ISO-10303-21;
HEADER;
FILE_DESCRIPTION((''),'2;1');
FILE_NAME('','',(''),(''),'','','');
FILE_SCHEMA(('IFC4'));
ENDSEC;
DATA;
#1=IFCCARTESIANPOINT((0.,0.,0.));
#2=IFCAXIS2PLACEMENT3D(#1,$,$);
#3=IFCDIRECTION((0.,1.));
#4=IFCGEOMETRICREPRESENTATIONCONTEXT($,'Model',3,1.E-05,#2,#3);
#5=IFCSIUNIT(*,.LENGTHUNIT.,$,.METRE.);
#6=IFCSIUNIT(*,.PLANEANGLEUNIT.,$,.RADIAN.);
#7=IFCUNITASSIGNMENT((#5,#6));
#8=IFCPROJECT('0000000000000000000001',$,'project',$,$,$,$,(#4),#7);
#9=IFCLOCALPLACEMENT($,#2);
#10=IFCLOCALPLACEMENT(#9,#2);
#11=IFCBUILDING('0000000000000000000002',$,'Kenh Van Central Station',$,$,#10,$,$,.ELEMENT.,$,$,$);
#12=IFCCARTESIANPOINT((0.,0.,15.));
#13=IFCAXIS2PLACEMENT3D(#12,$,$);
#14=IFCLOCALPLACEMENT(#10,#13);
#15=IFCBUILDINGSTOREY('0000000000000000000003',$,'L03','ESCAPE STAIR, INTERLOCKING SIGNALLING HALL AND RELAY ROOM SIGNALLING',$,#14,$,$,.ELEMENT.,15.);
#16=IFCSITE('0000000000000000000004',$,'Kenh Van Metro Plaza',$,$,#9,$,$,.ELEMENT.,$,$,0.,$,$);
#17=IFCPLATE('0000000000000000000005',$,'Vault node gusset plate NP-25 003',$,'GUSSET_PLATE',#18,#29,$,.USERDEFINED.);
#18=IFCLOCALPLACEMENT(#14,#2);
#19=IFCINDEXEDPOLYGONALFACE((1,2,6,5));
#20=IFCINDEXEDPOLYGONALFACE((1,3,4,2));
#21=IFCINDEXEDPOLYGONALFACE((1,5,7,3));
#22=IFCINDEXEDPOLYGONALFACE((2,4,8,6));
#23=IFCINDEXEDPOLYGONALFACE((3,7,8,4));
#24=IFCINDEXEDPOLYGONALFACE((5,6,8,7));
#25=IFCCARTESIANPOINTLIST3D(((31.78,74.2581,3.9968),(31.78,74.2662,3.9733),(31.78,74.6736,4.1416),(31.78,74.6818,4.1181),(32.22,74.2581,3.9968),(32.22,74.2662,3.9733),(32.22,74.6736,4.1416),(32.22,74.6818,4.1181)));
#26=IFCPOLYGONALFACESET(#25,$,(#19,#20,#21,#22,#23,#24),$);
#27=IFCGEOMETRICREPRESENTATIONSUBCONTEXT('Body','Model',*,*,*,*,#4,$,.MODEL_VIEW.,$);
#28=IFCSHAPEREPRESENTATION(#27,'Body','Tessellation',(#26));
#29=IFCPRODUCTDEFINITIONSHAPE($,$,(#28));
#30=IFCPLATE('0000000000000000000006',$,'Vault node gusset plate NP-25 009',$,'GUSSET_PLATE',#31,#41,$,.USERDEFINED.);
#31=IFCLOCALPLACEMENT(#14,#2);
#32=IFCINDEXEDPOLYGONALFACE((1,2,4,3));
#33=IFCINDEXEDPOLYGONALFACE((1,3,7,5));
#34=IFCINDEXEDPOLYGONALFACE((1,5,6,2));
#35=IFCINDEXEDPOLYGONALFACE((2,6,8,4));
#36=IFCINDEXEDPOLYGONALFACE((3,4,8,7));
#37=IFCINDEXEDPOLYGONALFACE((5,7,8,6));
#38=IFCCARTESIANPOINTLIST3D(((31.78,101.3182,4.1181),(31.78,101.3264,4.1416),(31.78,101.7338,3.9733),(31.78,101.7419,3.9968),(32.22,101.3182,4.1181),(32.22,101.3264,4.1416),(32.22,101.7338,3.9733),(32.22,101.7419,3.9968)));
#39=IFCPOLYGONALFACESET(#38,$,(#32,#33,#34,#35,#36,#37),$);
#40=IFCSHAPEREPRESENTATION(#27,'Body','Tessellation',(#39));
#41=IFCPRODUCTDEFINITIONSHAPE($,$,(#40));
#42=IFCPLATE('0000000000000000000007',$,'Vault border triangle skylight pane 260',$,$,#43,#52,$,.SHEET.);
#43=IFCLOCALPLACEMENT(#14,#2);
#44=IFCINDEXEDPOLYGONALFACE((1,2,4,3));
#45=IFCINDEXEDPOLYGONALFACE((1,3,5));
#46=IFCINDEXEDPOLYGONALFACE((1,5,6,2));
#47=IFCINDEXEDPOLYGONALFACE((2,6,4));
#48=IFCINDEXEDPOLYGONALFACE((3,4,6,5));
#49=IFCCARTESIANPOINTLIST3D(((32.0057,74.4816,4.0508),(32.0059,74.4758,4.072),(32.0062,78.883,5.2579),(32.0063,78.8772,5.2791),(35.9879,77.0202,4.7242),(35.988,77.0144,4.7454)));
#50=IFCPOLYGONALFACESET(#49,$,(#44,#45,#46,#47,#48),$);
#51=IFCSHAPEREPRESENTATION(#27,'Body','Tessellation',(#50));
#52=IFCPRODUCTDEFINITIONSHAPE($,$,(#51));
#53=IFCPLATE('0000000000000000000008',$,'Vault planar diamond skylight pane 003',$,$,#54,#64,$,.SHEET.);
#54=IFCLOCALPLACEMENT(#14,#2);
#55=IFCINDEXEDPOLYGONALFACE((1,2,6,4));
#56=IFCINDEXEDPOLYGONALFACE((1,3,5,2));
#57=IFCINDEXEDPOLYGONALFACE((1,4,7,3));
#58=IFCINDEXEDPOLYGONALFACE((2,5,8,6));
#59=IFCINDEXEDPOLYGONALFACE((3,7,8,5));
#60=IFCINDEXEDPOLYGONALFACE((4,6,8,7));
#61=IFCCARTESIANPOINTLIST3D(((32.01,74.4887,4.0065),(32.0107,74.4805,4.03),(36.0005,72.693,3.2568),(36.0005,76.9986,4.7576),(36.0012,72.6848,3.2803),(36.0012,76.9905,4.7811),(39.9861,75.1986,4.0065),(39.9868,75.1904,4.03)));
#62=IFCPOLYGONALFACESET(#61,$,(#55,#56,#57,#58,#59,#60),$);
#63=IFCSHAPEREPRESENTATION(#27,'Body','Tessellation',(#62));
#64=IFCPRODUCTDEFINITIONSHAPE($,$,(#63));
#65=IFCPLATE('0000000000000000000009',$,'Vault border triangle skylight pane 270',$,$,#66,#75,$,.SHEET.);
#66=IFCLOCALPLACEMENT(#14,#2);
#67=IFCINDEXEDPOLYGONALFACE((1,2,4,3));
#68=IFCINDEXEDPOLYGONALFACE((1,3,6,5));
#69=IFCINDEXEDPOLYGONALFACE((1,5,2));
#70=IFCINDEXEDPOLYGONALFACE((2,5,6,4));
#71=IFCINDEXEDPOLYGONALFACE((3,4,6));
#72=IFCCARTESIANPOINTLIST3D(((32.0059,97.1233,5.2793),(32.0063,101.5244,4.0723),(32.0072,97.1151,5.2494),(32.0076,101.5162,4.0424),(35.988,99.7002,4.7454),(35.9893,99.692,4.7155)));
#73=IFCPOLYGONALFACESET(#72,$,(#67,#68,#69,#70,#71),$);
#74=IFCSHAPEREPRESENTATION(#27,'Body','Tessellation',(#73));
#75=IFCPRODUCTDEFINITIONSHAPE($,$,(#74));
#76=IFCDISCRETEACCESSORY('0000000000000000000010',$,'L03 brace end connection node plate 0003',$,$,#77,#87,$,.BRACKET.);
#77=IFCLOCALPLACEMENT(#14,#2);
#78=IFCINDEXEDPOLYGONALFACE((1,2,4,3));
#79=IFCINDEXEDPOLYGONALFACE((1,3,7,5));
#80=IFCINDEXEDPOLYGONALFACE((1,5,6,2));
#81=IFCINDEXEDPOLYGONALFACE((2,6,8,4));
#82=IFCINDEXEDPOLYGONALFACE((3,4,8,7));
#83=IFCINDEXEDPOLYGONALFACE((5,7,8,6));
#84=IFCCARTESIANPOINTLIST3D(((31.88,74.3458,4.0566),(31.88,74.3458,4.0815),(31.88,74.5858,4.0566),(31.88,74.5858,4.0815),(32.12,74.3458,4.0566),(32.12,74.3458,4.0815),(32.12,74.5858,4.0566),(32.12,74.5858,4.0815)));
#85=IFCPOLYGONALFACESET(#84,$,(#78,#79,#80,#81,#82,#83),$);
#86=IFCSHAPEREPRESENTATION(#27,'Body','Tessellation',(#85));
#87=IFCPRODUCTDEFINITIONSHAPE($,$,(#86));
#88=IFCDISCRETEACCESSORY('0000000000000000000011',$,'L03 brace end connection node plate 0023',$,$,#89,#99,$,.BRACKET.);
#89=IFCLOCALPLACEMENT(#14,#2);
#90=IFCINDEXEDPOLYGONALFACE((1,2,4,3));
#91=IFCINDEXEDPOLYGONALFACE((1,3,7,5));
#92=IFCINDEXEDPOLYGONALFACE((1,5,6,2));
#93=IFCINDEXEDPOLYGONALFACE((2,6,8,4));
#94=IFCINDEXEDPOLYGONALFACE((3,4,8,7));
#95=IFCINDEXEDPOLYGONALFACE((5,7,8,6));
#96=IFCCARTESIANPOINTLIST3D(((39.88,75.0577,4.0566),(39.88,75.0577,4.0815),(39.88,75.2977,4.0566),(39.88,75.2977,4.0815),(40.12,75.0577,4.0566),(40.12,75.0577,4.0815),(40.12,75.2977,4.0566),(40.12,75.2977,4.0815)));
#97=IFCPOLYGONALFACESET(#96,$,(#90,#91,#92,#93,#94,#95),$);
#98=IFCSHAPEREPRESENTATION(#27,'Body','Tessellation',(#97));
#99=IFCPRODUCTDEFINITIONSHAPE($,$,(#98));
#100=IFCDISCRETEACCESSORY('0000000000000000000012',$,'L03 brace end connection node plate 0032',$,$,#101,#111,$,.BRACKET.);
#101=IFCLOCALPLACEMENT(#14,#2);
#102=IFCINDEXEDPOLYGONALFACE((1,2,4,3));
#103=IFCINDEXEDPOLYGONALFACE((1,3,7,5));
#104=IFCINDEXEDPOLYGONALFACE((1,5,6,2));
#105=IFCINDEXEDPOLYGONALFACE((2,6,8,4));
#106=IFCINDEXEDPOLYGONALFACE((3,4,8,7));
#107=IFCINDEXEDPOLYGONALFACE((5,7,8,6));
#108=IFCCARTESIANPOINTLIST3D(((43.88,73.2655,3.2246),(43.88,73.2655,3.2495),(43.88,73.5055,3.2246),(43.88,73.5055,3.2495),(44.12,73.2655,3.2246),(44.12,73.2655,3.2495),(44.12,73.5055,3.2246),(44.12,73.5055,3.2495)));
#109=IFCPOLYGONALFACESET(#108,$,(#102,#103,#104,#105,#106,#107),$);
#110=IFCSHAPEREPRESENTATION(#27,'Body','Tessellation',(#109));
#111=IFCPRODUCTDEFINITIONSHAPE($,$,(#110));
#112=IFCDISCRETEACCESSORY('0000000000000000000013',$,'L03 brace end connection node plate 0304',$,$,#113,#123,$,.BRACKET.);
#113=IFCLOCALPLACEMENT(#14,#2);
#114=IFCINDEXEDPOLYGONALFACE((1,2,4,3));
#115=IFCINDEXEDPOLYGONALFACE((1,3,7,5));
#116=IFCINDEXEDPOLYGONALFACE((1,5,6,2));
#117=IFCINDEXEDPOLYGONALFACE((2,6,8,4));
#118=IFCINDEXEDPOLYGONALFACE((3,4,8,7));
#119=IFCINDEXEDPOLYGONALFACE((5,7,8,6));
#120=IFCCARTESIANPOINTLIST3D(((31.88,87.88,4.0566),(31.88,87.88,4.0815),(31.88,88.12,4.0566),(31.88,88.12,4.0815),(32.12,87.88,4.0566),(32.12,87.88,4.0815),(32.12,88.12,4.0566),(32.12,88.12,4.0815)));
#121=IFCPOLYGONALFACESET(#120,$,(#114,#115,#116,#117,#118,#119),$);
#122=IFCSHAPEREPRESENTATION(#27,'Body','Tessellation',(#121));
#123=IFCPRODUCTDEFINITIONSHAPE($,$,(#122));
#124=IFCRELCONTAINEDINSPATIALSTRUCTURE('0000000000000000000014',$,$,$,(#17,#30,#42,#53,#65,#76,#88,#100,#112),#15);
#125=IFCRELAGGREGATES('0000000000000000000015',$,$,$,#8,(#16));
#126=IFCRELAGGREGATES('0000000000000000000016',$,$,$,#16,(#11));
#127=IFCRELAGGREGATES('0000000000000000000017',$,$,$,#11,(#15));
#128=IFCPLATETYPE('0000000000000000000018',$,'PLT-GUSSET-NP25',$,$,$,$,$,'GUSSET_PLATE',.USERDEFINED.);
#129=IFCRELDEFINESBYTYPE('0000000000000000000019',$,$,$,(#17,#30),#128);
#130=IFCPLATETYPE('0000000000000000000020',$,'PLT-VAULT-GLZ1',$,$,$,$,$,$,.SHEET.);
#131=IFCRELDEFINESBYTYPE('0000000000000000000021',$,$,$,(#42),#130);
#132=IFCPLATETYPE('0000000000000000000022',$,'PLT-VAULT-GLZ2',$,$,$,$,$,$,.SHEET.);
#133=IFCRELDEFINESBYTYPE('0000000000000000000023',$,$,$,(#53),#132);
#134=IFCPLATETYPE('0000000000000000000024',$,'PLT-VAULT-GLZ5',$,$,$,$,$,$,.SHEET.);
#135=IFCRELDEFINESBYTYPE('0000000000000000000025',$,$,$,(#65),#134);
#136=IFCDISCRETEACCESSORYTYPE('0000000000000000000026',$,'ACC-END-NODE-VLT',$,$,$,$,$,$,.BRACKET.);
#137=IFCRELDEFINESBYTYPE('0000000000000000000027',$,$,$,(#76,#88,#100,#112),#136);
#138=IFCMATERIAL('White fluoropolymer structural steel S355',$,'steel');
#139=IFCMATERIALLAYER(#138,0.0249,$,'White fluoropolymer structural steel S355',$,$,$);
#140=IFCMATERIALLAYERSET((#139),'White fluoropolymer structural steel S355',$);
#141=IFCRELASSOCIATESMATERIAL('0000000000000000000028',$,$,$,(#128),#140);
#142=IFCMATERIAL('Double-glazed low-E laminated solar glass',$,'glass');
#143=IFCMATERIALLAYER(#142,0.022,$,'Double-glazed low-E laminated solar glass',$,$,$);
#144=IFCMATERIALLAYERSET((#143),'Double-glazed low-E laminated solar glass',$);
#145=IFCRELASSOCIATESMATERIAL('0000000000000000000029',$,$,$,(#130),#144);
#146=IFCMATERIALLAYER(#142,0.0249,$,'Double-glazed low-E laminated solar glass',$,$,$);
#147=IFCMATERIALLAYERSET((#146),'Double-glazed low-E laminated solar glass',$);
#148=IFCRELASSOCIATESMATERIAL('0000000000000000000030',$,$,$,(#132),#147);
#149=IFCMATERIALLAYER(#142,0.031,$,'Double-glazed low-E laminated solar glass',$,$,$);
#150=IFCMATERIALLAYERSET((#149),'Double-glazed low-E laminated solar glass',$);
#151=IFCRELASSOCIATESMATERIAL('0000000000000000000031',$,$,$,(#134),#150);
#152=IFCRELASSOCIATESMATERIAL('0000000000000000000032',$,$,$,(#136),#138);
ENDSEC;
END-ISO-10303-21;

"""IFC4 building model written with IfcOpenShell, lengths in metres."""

from ifc_helpers import new_model, si_unit, direction, frame, origin, origin_2d, place, context, subcontext, project, spatial, polyline, rectangle, outline, extrude, material, layer, layer_set, type_object, element, save


model = new_model("IFC4")

# Units and contexts
model_context = context("Model", 3, precision=1e-05, world=origin(), true_north=direction((0.0, 1.0)))
body_context = subcontext(model_context, "Body", "Model", "MODEL_VIEW")
ifc_project = project(units=[si_unit("LENGTHUNIT", "METRE"), si_unit("PLANEANGLEUNIT", "RADIAN")], contexts=[model_context])

# Site, building, storey
site_placement = place(None, origin())
site = spatial("IfcSite", under=ifc_project, at=site_placement, Name="Kenh Van Metro Plaza", CompositionType="ELEMENT", RefElevation=0.0)
building_placement = place(site_placement, origin())
building = spatial("IfcBuilding", under=site, at=building_placement, Name="Kenh Van Central Station", CompositionType="ELEMENT")
storey_placement = place(building_placement, frame((0.0, 0.0, 15.0)))
storey = spatial("IfcBuildingStorey", under=building, at=storey_placement, Name="L03", Description="ESCAPE STAIR, INTERLOCKING SIGNALLING HALL AND RELAY ROOM SIGNALLING", CompositionType="ELEMENT", Elevation=15.0)

# Shared definitions
ifc_material_1 = material(Name="White fluoropolymer structural steel S355", Category="steel")

# Plates
ifc_layer_1 = layer(ifc_material_1, 0.0249, Name="White fluoropolymer structural steel S355")
ifc_layer_set_1 = layer_set([ifc_layer_1], Name="White fluoropolymer structural steel S355")
plate_type_1 = type_object("IfcPlateType", Name="PLT-GUSSET-NP25", ElementType="GUSSET_PLATE", PredefinedType="USERDEFINED", material=ifc_layer_set_1)
for number, where, z_axis, x_axis, name in (
    (1, (31.78, 74.2581, 3.9968), (0.0, -0.329016, 0.944325), (1.0, 0.0, 0.0), "Vault node gusset plate NP-25 003"),
    (2, (31.78, 101.3264, 4.1416), (0.0, 0.329016, 0.944325), (1.0, 0.0, 0.0), "Vault node gusset plate NP-25 009"),
):
    element("IfcPlate", number, at=place(storey_placement, frame(where, z_axis=z_axis, x_axis=x_axis)), inside=storey, type_object=plate_type_1, Name=name, ObjectType="GUSSET_PLATE", PredefinedType="USERDEFINED", context=body_context, shape_type="SweptSolid", body=[
        extrude(outline(polyline([(0.0, 0.0), (0.4399, 0.0), (0.4399, 0.44), (0.0, 0.44), (0.0, 0.0)])), origin(), (0.0, 0.0, -1.0), 0.0249),
    ])
ifc_material_2 = material(Name="Double-glazed low-E laminated solar glass", Category="glass")
ifc_layer_2 = layer(ifc_material_2, 0.022, Name="Double-glazed low-E laminated solar glass")
ifc_layer_set_2 = layer_set([ifc_layer_2], Name="Double-glazed low-E laminated solar glass")
plate_type_2 = type_object("IfcPlateType", Name="PLT-VAULT-GLZ1", PredefinedType="SHEET", material=ifc_layer_set_2)
plate_1_placement = place(storey_placement, frame((32.0059, 74.4758, 4.072), z_axis=(0.005531, -0.264472, 0.964378), x_axis=(0.834791, 0.532166, 0.141153)))
element("IfcPlate", 3, at=plate_1_placement, inside=storey, type_object=plate_type_2, Name="Vault border triangle skylight pane 260", PredefinedType="SHEET", context=body_context, shape_type="SweptSolid", body=[
    extrude(outline(polyline([(0.0, 0.0), (4.7703, 0.0), (2.513, 3.8097), (0.0, 0.0)])), origin(), (0.0, 0.0, -1.0), 0.022),
])
ifc_layer_3 = layer(ifc_material_2, 0.0249, Name="Double-glazed low-E laminated solar glass")
ifc_layer_set_3 = layer_set([ifc_layer_3], Name="Double-glazed low-E laminated solar glass")
plate_type_3 = type_object("IfcPlateType", Name="PLT-VAULT-GLZ2", PredefinedType="SHEET", material=ifc_layer_set_3)
plate_2_placement = place(storey_placement, frame((32.0107, 74.4805, 4.03), z_axis=(0.029284, -0.328988, 0.94388), x_axis=(0.898829, -0.404465, -0.168862)))
element("IfcPlate", 4, at=plate_2_placement, inside=storey, type_object=plate_type_3, Name="Vault planar diamond skylight pane 003", PredefinedType="SHEET", context=body_context, shape_type="SweptSolid", body=[
    extrude(outline(polyline([(0.0, 0.0), (4.4396, 0.0), (6.882, 4.0939), (2.4447, 4.1002), (0.0, 0.0)])), origin(), (0.0, 0.0, -1.0), 0.0249),
])
ifc_layer_4 = layer(ifc_material_2, 0.031, Name="Double-glazed low-E laminated solar glass")
ifc_layer_set_4 = layer_set([ifc_layer_4], Name="Double-glazed low-E laminated solar glass")
plate_type_4 = type_object("IfcPlateType", Name="PLT-VAULT-GLZ5", PredefinedType="SHEET", material=ifc_layer_set_4)
plate_3_placement = place(storey_placement, frame((32.0059, 97.1233, 5.2793), z_axis=(-0.041813, 0.264262, 0.963544), x_axis=(0.834282, 0.539871, -0.111862)))
element("IfcPlate", 5, at=plate_3_placement, inside=storey, type_object=plate_type_4, Name="Vault border triangle skylight pane 270", PredefinedType="SHEET", context=body_context, shape_type="SweptSolid", body=[
    extrude(outline(polyline([(0.0, 0.0), (4.7732, 0.0), (2.5115, 3.8104), (0.0, 0.0)])), origin(), (0.0, 0.0, -1.0), 0.031),
])

# Discrete accessories
discrete_accessory_type = type_object("IfcDiscreteAccessoryType", Name="ACC-END-NODE-VLT", PredefinedType="BRACKET", material=ifc_material_1)
for number, where, z_axis, x_axis, name in (
    (6, (32.0, 74.4658, 4.0566), (0.0, 0.0, 1.0), (1.0, 0.0, 0.0), "L03 brace end connection node plate 0003"),
    (7, (40.0, 75.1777, 4.0566), (0.0, 0.0, 1.0), (1.0, 0.0, 0.0), "L03 brace end connection node plate 0023"),
    (8, (44.0, 73.3855, 3.2246), (0.0, 0.0, 1.0), (1.0, 0.0, 0.0), "L03 brace end connection node plate 0032"),
    (9, (32.0, 88.0, 4.0566), (0.0, 0.0, 1.0), (1.0, 0.0, 0.0), "L03 brace end connection node plate 0304"),
):
    element("IfcDiscreteAccessory", number, at=place(storey_placement, frame(where, z_axis=z_axis, x_axis=x_axis)), inside=storey, type_object=discrete_accessory_type, Name=name, PredefinedType="BRACKET", context=body_context, shape_type="SweptSolid", body=[
        extrude(rectangle(XDim=0.24, YDim=0.24, at=origin_2d()), origin(), (0.0, 0.0, 1.0), 0.0249),
    ])

save(model, "model.ifc")
